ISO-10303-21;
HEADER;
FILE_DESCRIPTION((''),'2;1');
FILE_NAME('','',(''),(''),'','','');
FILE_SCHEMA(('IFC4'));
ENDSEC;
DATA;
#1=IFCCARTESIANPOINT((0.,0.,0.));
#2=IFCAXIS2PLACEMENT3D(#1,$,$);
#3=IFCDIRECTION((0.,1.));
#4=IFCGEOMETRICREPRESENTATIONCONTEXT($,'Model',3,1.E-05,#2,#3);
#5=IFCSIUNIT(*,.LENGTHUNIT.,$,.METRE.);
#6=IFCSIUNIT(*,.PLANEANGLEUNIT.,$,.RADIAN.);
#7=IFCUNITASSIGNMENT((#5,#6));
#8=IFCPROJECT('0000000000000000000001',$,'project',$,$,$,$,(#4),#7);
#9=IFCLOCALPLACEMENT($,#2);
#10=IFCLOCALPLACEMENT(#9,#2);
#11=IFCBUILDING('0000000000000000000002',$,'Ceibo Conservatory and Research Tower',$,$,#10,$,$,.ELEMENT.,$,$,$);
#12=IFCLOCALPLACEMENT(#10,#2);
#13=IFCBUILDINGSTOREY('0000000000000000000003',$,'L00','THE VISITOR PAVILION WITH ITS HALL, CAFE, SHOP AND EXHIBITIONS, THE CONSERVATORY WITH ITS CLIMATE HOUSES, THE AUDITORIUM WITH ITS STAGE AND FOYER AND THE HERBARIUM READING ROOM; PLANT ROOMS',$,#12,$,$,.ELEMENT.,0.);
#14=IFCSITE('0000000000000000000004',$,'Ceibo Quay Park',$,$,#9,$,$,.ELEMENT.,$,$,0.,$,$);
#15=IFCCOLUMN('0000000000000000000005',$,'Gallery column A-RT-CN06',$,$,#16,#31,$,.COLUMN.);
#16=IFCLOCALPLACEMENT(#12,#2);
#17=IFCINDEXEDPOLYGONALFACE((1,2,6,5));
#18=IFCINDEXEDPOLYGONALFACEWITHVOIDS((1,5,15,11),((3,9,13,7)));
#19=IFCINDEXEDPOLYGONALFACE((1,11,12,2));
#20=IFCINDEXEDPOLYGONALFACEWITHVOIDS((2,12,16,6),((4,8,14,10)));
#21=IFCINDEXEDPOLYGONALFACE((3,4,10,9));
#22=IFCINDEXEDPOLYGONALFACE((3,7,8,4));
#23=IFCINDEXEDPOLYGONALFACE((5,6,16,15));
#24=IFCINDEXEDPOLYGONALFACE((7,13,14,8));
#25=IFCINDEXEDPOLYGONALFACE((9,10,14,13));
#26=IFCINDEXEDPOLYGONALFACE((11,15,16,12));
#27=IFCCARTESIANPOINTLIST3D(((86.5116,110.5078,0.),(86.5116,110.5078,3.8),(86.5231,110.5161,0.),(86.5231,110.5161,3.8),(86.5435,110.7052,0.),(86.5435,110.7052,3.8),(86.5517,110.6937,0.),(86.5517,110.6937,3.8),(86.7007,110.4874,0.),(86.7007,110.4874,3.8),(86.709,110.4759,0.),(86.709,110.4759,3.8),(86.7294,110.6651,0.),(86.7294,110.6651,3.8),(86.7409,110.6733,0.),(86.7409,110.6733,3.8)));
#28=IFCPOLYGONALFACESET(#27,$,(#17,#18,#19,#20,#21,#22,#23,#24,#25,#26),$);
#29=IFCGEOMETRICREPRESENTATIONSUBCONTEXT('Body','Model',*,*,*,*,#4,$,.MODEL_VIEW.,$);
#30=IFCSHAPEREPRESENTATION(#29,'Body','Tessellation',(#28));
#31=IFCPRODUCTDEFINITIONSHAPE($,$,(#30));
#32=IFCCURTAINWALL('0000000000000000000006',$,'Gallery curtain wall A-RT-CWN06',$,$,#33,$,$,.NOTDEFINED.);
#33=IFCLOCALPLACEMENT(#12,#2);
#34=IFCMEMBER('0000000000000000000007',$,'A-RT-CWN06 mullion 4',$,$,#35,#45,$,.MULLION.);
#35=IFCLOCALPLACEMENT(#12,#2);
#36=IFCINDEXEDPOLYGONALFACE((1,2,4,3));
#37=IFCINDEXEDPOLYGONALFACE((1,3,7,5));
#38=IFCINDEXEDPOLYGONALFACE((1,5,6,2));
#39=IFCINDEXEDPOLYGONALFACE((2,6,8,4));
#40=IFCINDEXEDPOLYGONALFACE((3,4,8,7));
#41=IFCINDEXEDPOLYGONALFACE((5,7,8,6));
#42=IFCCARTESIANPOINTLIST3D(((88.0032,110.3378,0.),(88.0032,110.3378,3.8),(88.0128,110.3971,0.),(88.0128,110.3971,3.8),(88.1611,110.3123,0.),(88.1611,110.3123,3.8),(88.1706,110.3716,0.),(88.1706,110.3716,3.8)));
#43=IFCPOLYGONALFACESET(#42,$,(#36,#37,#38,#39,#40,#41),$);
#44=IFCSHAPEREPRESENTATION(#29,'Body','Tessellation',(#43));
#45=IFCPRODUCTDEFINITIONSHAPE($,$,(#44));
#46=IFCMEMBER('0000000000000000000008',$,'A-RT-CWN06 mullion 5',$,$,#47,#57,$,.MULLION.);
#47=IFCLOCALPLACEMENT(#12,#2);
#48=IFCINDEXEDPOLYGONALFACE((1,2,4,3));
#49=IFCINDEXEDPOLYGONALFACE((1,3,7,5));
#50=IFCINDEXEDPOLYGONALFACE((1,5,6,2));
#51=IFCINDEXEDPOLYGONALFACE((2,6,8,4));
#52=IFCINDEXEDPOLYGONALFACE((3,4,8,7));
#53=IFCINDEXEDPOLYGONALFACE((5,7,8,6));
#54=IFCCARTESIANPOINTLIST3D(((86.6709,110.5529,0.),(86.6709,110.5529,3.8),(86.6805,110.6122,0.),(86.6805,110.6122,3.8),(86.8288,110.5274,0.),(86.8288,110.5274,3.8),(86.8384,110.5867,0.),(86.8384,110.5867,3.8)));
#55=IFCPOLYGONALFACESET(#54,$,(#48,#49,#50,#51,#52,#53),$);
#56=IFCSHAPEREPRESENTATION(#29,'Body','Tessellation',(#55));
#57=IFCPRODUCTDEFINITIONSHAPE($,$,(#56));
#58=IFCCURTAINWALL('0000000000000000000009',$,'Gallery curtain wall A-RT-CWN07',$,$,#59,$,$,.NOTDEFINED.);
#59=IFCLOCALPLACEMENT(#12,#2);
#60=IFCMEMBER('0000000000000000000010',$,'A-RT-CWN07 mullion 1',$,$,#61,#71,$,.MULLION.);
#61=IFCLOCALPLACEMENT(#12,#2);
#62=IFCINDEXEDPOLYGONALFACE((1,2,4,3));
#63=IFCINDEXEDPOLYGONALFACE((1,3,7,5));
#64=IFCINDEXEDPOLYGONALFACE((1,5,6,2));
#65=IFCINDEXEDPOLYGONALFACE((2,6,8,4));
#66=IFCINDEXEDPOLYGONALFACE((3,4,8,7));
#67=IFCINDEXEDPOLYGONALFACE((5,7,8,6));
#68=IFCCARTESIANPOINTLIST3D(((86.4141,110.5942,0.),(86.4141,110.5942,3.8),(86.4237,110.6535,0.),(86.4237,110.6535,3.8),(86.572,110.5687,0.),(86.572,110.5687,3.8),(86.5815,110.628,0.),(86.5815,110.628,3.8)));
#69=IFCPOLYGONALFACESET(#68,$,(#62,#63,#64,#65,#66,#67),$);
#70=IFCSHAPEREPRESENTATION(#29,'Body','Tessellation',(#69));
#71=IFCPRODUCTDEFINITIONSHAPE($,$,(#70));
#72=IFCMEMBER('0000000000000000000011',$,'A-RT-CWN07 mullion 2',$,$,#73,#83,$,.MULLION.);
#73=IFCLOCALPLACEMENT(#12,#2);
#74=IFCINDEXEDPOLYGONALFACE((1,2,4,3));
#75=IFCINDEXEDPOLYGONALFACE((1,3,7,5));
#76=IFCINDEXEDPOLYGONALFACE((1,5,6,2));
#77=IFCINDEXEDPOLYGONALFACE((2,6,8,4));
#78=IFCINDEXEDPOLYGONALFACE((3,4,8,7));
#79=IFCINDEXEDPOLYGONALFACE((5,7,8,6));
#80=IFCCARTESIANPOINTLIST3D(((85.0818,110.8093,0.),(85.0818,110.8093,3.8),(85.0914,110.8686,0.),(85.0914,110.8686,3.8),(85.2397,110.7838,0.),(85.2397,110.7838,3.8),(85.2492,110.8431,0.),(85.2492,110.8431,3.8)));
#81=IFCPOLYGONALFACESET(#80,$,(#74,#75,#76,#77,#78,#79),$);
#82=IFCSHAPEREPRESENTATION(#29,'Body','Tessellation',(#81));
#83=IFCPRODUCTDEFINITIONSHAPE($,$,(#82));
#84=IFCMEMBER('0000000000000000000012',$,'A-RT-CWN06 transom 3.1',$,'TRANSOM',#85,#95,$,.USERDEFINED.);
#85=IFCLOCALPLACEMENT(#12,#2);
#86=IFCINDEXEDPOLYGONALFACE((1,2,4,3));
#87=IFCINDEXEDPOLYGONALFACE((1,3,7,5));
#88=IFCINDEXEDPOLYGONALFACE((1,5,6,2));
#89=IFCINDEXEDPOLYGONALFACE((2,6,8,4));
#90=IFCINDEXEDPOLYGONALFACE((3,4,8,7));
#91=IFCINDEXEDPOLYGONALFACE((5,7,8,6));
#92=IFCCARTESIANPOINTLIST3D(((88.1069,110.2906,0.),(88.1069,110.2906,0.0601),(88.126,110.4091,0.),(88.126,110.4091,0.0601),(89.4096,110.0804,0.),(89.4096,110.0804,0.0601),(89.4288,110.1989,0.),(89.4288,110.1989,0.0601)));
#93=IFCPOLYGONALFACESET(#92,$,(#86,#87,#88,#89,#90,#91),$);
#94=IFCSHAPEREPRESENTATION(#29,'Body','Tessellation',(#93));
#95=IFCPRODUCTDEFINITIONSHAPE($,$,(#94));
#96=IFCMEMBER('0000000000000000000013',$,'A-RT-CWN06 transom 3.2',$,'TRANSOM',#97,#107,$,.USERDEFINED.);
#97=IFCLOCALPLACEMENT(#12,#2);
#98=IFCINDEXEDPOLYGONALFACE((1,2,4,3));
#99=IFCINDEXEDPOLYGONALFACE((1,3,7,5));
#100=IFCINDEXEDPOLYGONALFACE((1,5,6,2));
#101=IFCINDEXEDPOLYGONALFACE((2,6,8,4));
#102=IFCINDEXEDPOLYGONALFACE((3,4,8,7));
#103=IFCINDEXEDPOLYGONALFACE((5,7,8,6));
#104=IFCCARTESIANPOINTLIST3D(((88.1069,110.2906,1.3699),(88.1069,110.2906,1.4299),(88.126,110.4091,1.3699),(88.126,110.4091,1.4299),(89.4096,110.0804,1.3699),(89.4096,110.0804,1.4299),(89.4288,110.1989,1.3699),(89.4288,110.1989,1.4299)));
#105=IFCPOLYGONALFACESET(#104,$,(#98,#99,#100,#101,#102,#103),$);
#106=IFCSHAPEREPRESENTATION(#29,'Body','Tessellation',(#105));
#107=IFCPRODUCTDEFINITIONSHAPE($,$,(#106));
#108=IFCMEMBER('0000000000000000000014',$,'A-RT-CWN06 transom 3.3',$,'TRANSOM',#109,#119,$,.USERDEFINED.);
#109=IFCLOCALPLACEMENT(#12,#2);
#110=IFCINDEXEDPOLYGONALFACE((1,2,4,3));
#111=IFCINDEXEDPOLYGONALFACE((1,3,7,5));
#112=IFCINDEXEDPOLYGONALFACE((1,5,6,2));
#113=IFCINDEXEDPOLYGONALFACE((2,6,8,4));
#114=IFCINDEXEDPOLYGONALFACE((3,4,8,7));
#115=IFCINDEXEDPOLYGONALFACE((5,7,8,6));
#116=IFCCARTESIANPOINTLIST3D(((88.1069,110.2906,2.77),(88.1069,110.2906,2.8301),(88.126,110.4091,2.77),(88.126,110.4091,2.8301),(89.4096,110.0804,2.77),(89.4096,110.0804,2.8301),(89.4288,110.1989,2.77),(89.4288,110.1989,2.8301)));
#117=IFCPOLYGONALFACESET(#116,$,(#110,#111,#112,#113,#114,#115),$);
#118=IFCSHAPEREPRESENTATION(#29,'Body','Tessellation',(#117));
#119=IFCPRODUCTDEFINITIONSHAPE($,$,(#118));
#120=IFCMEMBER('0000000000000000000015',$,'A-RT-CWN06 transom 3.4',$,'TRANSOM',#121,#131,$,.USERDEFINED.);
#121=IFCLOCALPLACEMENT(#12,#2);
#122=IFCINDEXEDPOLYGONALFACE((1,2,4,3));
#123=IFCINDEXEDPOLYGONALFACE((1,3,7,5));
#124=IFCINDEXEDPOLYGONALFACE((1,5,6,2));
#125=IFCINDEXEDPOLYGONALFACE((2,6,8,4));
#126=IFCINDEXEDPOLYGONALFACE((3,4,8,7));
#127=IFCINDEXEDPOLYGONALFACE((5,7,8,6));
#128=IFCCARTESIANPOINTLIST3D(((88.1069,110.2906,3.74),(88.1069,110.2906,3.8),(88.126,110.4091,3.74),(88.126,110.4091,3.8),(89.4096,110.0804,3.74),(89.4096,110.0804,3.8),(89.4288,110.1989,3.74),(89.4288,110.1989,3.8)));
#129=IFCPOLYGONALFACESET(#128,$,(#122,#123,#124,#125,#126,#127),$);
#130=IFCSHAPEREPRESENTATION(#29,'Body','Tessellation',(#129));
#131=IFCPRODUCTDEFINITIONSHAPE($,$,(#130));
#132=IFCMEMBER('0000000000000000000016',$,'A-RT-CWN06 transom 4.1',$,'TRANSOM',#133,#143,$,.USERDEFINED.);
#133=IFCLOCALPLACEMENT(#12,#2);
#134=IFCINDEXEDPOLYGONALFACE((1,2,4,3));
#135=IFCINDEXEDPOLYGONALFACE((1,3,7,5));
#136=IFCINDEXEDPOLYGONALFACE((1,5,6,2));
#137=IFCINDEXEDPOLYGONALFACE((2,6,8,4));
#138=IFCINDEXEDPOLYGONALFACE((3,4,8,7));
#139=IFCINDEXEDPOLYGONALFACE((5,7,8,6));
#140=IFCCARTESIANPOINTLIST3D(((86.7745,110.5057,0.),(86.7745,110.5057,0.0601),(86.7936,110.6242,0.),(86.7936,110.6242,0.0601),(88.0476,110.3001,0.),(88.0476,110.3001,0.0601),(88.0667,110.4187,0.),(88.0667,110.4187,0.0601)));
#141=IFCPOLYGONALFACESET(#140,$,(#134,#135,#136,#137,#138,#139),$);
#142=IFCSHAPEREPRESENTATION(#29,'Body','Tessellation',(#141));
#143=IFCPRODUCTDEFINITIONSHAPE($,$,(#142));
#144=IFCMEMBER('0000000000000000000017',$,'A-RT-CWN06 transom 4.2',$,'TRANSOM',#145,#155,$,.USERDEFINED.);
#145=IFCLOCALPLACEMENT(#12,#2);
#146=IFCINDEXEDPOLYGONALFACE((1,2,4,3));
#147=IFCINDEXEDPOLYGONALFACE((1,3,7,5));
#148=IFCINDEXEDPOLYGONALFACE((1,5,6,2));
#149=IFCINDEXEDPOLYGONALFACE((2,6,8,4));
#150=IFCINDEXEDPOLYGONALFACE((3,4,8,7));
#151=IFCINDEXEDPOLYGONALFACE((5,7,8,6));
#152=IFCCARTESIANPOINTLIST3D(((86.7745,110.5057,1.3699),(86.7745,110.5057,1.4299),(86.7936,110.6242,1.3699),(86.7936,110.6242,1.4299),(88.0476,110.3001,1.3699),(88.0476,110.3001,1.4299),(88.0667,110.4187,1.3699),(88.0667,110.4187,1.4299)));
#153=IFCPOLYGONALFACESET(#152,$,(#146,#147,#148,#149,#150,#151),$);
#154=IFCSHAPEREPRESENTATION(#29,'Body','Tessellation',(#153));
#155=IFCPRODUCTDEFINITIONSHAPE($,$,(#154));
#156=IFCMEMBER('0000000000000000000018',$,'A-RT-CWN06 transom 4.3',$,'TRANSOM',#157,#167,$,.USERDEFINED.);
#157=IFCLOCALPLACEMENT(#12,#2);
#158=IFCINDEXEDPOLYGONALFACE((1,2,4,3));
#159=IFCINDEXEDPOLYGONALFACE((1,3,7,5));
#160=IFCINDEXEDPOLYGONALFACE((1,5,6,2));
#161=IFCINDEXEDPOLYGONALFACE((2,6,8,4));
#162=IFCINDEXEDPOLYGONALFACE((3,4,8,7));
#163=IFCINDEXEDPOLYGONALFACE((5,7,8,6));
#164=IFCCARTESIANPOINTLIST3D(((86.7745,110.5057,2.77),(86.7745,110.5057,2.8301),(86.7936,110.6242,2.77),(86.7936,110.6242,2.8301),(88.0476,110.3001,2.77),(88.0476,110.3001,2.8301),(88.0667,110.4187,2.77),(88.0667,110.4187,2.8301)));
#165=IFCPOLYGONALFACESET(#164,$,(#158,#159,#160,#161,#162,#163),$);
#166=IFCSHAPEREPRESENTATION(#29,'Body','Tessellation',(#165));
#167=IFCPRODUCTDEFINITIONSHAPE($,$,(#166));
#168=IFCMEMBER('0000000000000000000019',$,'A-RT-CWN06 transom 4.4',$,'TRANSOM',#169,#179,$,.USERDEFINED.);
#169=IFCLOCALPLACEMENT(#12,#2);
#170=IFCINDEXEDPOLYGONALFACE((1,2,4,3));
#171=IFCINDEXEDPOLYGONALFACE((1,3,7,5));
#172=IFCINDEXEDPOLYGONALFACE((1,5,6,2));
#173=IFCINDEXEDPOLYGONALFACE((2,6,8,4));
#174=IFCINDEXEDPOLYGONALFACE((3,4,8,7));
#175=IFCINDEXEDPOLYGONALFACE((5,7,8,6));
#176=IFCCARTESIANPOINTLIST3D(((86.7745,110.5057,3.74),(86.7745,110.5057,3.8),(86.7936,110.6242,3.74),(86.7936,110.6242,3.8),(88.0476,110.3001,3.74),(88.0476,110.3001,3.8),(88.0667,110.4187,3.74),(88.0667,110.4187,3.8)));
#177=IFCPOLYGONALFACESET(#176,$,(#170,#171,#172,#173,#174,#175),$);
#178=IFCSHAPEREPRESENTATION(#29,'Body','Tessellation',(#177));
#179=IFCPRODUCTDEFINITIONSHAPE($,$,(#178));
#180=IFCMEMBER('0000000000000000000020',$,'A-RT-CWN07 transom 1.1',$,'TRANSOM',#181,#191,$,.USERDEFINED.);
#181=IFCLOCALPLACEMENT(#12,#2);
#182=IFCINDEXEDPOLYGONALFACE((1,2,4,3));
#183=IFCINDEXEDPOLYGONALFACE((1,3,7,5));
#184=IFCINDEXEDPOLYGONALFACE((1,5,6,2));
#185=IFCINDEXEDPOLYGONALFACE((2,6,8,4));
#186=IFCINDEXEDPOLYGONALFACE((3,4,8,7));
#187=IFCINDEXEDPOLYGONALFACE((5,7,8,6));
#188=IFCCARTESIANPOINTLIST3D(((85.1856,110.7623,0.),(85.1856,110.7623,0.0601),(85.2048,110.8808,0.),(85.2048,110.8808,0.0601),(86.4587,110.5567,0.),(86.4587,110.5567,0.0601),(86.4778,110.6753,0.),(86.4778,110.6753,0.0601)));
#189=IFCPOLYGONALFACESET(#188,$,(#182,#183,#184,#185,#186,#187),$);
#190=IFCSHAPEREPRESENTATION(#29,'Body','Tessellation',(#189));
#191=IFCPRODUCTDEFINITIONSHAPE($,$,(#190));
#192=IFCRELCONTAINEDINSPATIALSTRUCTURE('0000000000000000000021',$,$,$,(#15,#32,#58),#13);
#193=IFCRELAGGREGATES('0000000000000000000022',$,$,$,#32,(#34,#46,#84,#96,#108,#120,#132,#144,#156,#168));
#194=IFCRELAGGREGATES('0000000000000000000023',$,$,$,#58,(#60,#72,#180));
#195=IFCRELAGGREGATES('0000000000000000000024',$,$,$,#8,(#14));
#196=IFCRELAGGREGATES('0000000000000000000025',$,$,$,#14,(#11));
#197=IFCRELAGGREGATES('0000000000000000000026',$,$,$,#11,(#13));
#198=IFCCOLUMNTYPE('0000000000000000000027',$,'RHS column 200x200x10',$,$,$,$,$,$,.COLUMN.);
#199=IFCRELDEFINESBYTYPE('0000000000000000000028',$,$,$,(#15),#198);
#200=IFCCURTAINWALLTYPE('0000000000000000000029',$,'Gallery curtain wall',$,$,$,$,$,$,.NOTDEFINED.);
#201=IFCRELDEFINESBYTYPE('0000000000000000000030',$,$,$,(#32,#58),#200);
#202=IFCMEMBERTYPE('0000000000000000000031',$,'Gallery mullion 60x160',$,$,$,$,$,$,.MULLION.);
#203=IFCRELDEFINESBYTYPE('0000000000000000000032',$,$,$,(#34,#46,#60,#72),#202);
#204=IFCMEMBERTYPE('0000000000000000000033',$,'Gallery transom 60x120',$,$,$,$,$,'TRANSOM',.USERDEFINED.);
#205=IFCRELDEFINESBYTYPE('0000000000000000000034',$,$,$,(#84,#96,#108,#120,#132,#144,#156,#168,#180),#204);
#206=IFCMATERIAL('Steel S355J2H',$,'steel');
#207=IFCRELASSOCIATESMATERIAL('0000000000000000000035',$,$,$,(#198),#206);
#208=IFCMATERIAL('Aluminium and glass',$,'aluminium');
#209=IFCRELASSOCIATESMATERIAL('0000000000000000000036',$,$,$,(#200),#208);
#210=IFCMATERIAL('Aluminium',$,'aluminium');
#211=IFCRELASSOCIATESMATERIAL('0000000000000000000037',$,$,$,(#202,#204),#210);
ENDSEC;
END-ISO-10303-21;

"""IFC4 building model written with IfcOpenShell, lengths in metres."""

from ifc_helpers import new_model, si_unit, direction, frame, origin, origin_2d, place, context, subcontext, project, spatial, rectangle, hollow_rectangle, extrude, material, material_profile, profile_set, type_object, element, aggregate, save


model = new_model("IFC4")

# Units and contexts
model_context = context("Model", 3, precision=1e-05, world=origin(), true_north=direction((0.0, 1.0)))
body_context = subcontext(model_context, "Body", "Model", "MODEL_VIEW")
ifc_project = project(units=[si_unit("LENGTHUNIT", "METRE"), si_unit("PLANEANGLEUNIT", "RADIAN")], contexts=[model_context])

# Site, building, storey
site_placement = place(None, origin())
site = spatial("IfcSite", under=ifc_project, at=site_placement, Name="Ceibo Quay Park", CompositionType="ELEMENT", RefElevation=0.0)
building_placement = place(site_placement, origin())
building = spatial("IfcBuilding", under=site, at=building_placement, Name="Ceibo Conservatory and Research Tower", CompositionType="ELEMENT")
storey_placement = place(building_placement, origin())
storey = spatial("IfcBuildingStorey", under=building, at=storey_placement, Name="L00", Description="THE VISITOR PAVILION WITH ITS HALL, CAFE, SHOP AND EXHIBITIONS, THE CONSERVATORY WITH ITS CLIMATE HOUSES, THE AUDITORIUM WITH ITS STAGE AND FOYER AND THE HERBARIUM READING ROOM; PLANT ROOMS", CompositionType="ELEMENT", Elevation=0.0)

# Column
ifc_material_1 = material(Name="Steel S355J2H", Category="steel")
ifc_material_profile_1 = material_profile(ifc_material_1, hollow_rectangle(XDim=0.2, YDim=0.2, WallThickness=0.01, at=origin_2d()), Name="RHS column 200x200x10")
ifc_profile_set_1 = profile_set([ifc_material_profile_1], Name="Steel S355J2H")
column_type = type_object("IfcColumnType", Name="RHS column 200x200x10", PredefinedType="COLUMN", material=ifc_profile_set_1)
column_placement = place(storey_placement, frame((86.6262, 110.5906, 0.0), z_axis=(0.0, 0.0, 1.0), x_axis=(-0.987216, 0.159391, 0.0)))
element("IfcColumn", 1, at=column_placement, inside=storey, type_object=column_type, Name="Gallery column A-RT-CN06", PredefinedType="COLUMN", context=body_context, shape_type="SweptSolid", body=[
    extrude(hollow_rectangle(XDim=0.2, YDim=0.2, WallThickness=0.01, at=origin_2d()), origin(), (0.0, 0.0, 1.0), 3.8),
])

# Curtain walls, members
ifc_material_2 = material(Name="Aluminium and glass", Category="aluminium")
curtain_wall_type = type_object("IfcCurtainWallType", Name="Gallery curtain wall", PredefinedType="NOTDEFINED", material=ifc_material_2)
curtain_wall_1_placement = place(storey_placement, origin())
curtain_wall_1 = element("IfcCurtainWall", 2, at=curtain_wall_1_placement, inside=storey, type_object=curtain_wall_type, Name="Gallery curtain wall A-RT-CWN06", PredefinedType="NOTDEFINED")
ifc_material_3 = material(Name="Aluminium", Category="aluminium")
ifc_material_profile_2 = material_profile(ifc_material_3, rectangle(XDim=0.0601, YDim=0.1599, at=origin_2d()), Name="AL 60x160")
ifc_profile_set_2 = profile_set([ifc_material_profile_2], Name="Aluminium")
member_type_1 = type_object("IfcMemberType", Name="Gallery mullion 60x160", PredefinedType="MULLION", material=ifc_profile_set_2)
member_1_placement = place(storey_placement, frame((88.0869, 110.3547, 0.0), z_axis=(0.0, 0.0, 1.0), x_axis=(-0.159391, -0.987216, 0.0)))
member_1 = element("IfcMember", 3, at=member_1_placement, type_object=member_type_1, Name="A-RT-CWN06 mullion 4", PredefinedType="MULLION", context=body_context, shape_type="SweptSolid", body=[
    extrude(rectangle(XDim=0.0601, YDim=0.1599, at=origin_2d()), origin(), (0.0, 0.0, 1.0), 3.8),
])
member_2_placement = place(storey_placement, frame((86.7546, 110.5698, 0.0), z_axis=(0.0, 0.0, 1.0), x_axis=(-0.159391, -0.987216, 0.0)))
member_2 = element("IfcMember", 4, at=member_2_placement, type_object=member_type_1, Name="A-RT-CWN06 mullion 5", PredefinedType="MULLION", context=body_context, shape_type="SweptSolid", body=[
    extrude(rectangle(XDim=0.0601, YDim=0.1599, at=origin_2d()), origin(), (0.0, 0.0, 1.0), 3.8),
])
curtain_wall_2_placement = place(storey_placement, origin())
curtain_wall_2 = element("IfcCurtainWall", 5, at=curtain_wall_2_placement, inside=storey, type_object=curtain_wall_type, Name="Gallery curtain wall A-RT-CWN07", PredefinedType="NOTDEFINED")
member_3_placement = place(storey_placement, frame((86.4978, 110.6111, 0.0), z_axis=(0.0, 0.0, 1.0), x_axis=(-0.159391, -0.987216, 0.0)))
member_3 = element("IfcMember", 6, at=member_3_placement, type_object=member_type_1, Name="A-RT-CWN07 mullion 1", PredefinedType="MULLION", context=body_context, shape_type="SweptSolid", body=[
    extrude(rectangle(XDim=0.0601, YDim=0.1599, at=origin_2d()), origin(), (0.0, 0.0, 1.0), 3.8),
])
member_4_placement = place(storey_placement, frame((85.1655, 110.8262, 0.0), z_axis=(0.0, 0.0, 1.0), x_axis=(-0.159391, -0.987216, 0.0)))
member_4 = element("IfcMember", 7, at=member_4_placement, type_object=member_type_1, Name="A-RT-CWN07 mullion 2", PredefinedType="MULLION", context=body_context, shape_type="SweptSolid", body=[
    extrude(rectangle(XDim=0.0601, YDim=0.1599, at=origin_2d()), origin(), (0.0, 0.0, 1.0), 3.8),
])

# Members
ifc_material_profile_3 = material_profile(ifc_material_3, rectangle(XDim=0.1201, YDim=0.0601, at=origin_2d()), Name="AL 60x120")
ifc_profile_set_3 = profile_set([ifc_material_profile_3], Name="Aluminium")
member_type_2 = type_object("IfcMemberType", Name="Gallery transom 60x120", ElementType="TRANSOM", PredefinedType="USERDEFINED", material=ifc_profile_set_3)
member_5_placement = place(storey_placement, frame((89.4192, 110.1396, 0.03), z_axis=(-0.987231, 0.159296, 0.0), x_axis=(-0.159296, -0.987231, 0.0)))
member_5 = element("IfcMember", 8, at=member_5_placement, type_object=member_type_2, Name="A-RT-CWN06 transom 3.1", ObjectType="TRANSOM", PredefinedType="USERDEFINED", context=body_context, shape_type="SweptSolid", body=[
    extrude(rectangle(XDim=0.1201, YDim=0.0601, at=origin_2d()), origin(), (0.0, 0.0, 1.0), 1.3196),
])
member_6_placement = place(storey_placement, frame((89.4192, 110.1396, 1.3999), z_axis=(-0.987231, 0.159296, 0.0), x_axis=(-0.159296, -0.987231, 0.0)))
member_6 = element("IfcMember", 9, at=member_6_placement, type_object=member_type_2, Name="A-RT-CWN06 transom 3.2", ObjectType="TRANSOM", PredefinedType="USERDEFINED", context=body_context, shape_type="SweptSolid", body=[
    extrude(rectangle(XDim=0.1201, YDim=0.0601, at=origin_2d()), origin(), (0.0, 0.0, 1.0), 1.3196),
])
member_7_placement = place(storey_placement, frame((89.4192, 110.1396, 2.8), z_axis=(-0.987231, 0.159296, 0.0), x_axis=(-0.159296, -0.987231, 0.0)))
member_7 = element("IfcMember", 10, at=member_7_placement, type_object=member_type_2, Name="A-RT-CWN06 transom 3.3", ObjectType="TRANSOM", PredefinedType="USERDEFINED", context=body_context, shape_type="SweptSolid", body=[
    extrude(rectangle(XDim=0.1201, YDim=0.0601, at=origin_2d()), origin(), (0.0, 0.0, 1.0), 1.3196),
])
member_8_placement = place(storey_placement, frame((89.4192, 110.1396, 3.77), z_axis=(-0.987231, 0.159296, 0.0), x_axis=(-0.159296, -0.987231, 0.0)))
member_8 = element("IfcMember", 11, at=member_8_placement, type_object=member_type_2, Name="A-RT-CWN06 transom 3.4", ObjectType="TRANSOM", PredefinedType="USERDEFINED", context=body_context, shape_type="SweptSolid", body=[
    extrude(rectangle(XDim=0.1201, YDim=0.0601, at=origin_2d()), origin(), (0.0, 0.0, 1.0), 1.3196),
])
member_9_placement = place(storey_placement, frame((88.0571, 110.3594, 0.03), z_axis=(-0.98721, 0.159423, 0.0), x_axis=(-0.159423, -0.98721, 0.0)))
member_9 = element("IfcMember", 12, at=member_9_placement, type_object=member_type_2, Name="A-RT-CWN06 transom 4.1", ObjectType="TRANSOM", PredefinedType="USERDEFINED", context=body_context, shape_type="SweptSolid", body=[
    extrude(rectangle(XDim=0.1201, YDim=0.0601, at=origin_2d()), origin(), (0.0, 0.0, 1.0), 1.2896),
])
member_10_placement = place(storey_placement, frame((88.0571, 110.3594, 1.3999), z_axis=(-0.98721, 0.159423, 0.0), x_axis=(-0.159423, -0.98721, 0.0)))
member_10 = element("IfcMember", 13, at=member_10_placement, type_object=member_type_2, Name="A-RT-CWN06 transom 4.2", ObjectType="TRANSOM", PredefinedType="USERDEFINED", context=body_context, shape_type="SweptSolid", body=[
    extrude(rectangle(XDim=0.1201, YDim=0.0601, at=origin_2d()), origin(), (0.0, 0.0, 1.0), 1.2896),
])
member_11_placement = place(storey_placement, frame((88.0571, 110.3594, 2.8), z_axis=(-0.98721, 0.159423, 0.0), x_axis=(-0.159423, -0.98721, 0.0)))
member_11 = element("IfcMember", 14, at=member_11_placement, type_object=member_type_2, Name="A-RT-CWN06 transom 4.3", ObjectType="TRANSOM", PredefinedType="USERDEFINED", context=body_context, shape_type="SweptSolid", body=[
    extrude(rectangle(XDim=0.1201, YDim=0.0601, at=origin_2d()), origin(), (0.0, 0.0, 1.0), 1.2896),
])
member_12_placement = place(storey_placement, frame((88.0571, 110.3594, 3.77), z_axis=(-0.98721, 0.159423, 0.0), x_axis=(-0.159423, -0.98721, 0.0)))
member_12 = element("IfcMember", 15, at=member_12_placement, type_object=member_type_2, Name="A-RT-CWN06 transom 4.4", ObjectType="TRANSOM", PredefinedType="USERDEFINED", context=body_context, shape_type="SweptSolid", body=[
    extrude(rectangle(XDim=0.1201, YDim=0.0601, at=origin_2d()), origin(), (0.0, 0.0, 1.0), 1.2896),
])
member_13_placement = place(storey_placement, frame((86.4683, 110.616, 0.03), z_axis=(-0.98721, 0.159423, 0.0), x_axis=(-0.159423, -0.98721, 0.0)))
member_13 = element("IfcMember", 16, at=member_13_placement, type_object=member_type_2, Name="A-RT-CWN07 transom 1.1", ObjectType="TRANSOM", PredefinedType="USERDEFINED", context=body_context, shape_type="SweptSolid", body=[
    extrude(rectangle(XDim=0.1201, YDim=0.0601, at=origin_2d()), origin(), (0.0, 0.0, 1.0), 1.2896),
])

aggregate(curtain_wall_1, [member_1, member_2, member_5, member_6, member_7, member_8, member_9, member_10, member_11, member_12])
aggregate(curtain_wall_2, [member_3, member_4, member_13])

save(model, "model.ifc")
